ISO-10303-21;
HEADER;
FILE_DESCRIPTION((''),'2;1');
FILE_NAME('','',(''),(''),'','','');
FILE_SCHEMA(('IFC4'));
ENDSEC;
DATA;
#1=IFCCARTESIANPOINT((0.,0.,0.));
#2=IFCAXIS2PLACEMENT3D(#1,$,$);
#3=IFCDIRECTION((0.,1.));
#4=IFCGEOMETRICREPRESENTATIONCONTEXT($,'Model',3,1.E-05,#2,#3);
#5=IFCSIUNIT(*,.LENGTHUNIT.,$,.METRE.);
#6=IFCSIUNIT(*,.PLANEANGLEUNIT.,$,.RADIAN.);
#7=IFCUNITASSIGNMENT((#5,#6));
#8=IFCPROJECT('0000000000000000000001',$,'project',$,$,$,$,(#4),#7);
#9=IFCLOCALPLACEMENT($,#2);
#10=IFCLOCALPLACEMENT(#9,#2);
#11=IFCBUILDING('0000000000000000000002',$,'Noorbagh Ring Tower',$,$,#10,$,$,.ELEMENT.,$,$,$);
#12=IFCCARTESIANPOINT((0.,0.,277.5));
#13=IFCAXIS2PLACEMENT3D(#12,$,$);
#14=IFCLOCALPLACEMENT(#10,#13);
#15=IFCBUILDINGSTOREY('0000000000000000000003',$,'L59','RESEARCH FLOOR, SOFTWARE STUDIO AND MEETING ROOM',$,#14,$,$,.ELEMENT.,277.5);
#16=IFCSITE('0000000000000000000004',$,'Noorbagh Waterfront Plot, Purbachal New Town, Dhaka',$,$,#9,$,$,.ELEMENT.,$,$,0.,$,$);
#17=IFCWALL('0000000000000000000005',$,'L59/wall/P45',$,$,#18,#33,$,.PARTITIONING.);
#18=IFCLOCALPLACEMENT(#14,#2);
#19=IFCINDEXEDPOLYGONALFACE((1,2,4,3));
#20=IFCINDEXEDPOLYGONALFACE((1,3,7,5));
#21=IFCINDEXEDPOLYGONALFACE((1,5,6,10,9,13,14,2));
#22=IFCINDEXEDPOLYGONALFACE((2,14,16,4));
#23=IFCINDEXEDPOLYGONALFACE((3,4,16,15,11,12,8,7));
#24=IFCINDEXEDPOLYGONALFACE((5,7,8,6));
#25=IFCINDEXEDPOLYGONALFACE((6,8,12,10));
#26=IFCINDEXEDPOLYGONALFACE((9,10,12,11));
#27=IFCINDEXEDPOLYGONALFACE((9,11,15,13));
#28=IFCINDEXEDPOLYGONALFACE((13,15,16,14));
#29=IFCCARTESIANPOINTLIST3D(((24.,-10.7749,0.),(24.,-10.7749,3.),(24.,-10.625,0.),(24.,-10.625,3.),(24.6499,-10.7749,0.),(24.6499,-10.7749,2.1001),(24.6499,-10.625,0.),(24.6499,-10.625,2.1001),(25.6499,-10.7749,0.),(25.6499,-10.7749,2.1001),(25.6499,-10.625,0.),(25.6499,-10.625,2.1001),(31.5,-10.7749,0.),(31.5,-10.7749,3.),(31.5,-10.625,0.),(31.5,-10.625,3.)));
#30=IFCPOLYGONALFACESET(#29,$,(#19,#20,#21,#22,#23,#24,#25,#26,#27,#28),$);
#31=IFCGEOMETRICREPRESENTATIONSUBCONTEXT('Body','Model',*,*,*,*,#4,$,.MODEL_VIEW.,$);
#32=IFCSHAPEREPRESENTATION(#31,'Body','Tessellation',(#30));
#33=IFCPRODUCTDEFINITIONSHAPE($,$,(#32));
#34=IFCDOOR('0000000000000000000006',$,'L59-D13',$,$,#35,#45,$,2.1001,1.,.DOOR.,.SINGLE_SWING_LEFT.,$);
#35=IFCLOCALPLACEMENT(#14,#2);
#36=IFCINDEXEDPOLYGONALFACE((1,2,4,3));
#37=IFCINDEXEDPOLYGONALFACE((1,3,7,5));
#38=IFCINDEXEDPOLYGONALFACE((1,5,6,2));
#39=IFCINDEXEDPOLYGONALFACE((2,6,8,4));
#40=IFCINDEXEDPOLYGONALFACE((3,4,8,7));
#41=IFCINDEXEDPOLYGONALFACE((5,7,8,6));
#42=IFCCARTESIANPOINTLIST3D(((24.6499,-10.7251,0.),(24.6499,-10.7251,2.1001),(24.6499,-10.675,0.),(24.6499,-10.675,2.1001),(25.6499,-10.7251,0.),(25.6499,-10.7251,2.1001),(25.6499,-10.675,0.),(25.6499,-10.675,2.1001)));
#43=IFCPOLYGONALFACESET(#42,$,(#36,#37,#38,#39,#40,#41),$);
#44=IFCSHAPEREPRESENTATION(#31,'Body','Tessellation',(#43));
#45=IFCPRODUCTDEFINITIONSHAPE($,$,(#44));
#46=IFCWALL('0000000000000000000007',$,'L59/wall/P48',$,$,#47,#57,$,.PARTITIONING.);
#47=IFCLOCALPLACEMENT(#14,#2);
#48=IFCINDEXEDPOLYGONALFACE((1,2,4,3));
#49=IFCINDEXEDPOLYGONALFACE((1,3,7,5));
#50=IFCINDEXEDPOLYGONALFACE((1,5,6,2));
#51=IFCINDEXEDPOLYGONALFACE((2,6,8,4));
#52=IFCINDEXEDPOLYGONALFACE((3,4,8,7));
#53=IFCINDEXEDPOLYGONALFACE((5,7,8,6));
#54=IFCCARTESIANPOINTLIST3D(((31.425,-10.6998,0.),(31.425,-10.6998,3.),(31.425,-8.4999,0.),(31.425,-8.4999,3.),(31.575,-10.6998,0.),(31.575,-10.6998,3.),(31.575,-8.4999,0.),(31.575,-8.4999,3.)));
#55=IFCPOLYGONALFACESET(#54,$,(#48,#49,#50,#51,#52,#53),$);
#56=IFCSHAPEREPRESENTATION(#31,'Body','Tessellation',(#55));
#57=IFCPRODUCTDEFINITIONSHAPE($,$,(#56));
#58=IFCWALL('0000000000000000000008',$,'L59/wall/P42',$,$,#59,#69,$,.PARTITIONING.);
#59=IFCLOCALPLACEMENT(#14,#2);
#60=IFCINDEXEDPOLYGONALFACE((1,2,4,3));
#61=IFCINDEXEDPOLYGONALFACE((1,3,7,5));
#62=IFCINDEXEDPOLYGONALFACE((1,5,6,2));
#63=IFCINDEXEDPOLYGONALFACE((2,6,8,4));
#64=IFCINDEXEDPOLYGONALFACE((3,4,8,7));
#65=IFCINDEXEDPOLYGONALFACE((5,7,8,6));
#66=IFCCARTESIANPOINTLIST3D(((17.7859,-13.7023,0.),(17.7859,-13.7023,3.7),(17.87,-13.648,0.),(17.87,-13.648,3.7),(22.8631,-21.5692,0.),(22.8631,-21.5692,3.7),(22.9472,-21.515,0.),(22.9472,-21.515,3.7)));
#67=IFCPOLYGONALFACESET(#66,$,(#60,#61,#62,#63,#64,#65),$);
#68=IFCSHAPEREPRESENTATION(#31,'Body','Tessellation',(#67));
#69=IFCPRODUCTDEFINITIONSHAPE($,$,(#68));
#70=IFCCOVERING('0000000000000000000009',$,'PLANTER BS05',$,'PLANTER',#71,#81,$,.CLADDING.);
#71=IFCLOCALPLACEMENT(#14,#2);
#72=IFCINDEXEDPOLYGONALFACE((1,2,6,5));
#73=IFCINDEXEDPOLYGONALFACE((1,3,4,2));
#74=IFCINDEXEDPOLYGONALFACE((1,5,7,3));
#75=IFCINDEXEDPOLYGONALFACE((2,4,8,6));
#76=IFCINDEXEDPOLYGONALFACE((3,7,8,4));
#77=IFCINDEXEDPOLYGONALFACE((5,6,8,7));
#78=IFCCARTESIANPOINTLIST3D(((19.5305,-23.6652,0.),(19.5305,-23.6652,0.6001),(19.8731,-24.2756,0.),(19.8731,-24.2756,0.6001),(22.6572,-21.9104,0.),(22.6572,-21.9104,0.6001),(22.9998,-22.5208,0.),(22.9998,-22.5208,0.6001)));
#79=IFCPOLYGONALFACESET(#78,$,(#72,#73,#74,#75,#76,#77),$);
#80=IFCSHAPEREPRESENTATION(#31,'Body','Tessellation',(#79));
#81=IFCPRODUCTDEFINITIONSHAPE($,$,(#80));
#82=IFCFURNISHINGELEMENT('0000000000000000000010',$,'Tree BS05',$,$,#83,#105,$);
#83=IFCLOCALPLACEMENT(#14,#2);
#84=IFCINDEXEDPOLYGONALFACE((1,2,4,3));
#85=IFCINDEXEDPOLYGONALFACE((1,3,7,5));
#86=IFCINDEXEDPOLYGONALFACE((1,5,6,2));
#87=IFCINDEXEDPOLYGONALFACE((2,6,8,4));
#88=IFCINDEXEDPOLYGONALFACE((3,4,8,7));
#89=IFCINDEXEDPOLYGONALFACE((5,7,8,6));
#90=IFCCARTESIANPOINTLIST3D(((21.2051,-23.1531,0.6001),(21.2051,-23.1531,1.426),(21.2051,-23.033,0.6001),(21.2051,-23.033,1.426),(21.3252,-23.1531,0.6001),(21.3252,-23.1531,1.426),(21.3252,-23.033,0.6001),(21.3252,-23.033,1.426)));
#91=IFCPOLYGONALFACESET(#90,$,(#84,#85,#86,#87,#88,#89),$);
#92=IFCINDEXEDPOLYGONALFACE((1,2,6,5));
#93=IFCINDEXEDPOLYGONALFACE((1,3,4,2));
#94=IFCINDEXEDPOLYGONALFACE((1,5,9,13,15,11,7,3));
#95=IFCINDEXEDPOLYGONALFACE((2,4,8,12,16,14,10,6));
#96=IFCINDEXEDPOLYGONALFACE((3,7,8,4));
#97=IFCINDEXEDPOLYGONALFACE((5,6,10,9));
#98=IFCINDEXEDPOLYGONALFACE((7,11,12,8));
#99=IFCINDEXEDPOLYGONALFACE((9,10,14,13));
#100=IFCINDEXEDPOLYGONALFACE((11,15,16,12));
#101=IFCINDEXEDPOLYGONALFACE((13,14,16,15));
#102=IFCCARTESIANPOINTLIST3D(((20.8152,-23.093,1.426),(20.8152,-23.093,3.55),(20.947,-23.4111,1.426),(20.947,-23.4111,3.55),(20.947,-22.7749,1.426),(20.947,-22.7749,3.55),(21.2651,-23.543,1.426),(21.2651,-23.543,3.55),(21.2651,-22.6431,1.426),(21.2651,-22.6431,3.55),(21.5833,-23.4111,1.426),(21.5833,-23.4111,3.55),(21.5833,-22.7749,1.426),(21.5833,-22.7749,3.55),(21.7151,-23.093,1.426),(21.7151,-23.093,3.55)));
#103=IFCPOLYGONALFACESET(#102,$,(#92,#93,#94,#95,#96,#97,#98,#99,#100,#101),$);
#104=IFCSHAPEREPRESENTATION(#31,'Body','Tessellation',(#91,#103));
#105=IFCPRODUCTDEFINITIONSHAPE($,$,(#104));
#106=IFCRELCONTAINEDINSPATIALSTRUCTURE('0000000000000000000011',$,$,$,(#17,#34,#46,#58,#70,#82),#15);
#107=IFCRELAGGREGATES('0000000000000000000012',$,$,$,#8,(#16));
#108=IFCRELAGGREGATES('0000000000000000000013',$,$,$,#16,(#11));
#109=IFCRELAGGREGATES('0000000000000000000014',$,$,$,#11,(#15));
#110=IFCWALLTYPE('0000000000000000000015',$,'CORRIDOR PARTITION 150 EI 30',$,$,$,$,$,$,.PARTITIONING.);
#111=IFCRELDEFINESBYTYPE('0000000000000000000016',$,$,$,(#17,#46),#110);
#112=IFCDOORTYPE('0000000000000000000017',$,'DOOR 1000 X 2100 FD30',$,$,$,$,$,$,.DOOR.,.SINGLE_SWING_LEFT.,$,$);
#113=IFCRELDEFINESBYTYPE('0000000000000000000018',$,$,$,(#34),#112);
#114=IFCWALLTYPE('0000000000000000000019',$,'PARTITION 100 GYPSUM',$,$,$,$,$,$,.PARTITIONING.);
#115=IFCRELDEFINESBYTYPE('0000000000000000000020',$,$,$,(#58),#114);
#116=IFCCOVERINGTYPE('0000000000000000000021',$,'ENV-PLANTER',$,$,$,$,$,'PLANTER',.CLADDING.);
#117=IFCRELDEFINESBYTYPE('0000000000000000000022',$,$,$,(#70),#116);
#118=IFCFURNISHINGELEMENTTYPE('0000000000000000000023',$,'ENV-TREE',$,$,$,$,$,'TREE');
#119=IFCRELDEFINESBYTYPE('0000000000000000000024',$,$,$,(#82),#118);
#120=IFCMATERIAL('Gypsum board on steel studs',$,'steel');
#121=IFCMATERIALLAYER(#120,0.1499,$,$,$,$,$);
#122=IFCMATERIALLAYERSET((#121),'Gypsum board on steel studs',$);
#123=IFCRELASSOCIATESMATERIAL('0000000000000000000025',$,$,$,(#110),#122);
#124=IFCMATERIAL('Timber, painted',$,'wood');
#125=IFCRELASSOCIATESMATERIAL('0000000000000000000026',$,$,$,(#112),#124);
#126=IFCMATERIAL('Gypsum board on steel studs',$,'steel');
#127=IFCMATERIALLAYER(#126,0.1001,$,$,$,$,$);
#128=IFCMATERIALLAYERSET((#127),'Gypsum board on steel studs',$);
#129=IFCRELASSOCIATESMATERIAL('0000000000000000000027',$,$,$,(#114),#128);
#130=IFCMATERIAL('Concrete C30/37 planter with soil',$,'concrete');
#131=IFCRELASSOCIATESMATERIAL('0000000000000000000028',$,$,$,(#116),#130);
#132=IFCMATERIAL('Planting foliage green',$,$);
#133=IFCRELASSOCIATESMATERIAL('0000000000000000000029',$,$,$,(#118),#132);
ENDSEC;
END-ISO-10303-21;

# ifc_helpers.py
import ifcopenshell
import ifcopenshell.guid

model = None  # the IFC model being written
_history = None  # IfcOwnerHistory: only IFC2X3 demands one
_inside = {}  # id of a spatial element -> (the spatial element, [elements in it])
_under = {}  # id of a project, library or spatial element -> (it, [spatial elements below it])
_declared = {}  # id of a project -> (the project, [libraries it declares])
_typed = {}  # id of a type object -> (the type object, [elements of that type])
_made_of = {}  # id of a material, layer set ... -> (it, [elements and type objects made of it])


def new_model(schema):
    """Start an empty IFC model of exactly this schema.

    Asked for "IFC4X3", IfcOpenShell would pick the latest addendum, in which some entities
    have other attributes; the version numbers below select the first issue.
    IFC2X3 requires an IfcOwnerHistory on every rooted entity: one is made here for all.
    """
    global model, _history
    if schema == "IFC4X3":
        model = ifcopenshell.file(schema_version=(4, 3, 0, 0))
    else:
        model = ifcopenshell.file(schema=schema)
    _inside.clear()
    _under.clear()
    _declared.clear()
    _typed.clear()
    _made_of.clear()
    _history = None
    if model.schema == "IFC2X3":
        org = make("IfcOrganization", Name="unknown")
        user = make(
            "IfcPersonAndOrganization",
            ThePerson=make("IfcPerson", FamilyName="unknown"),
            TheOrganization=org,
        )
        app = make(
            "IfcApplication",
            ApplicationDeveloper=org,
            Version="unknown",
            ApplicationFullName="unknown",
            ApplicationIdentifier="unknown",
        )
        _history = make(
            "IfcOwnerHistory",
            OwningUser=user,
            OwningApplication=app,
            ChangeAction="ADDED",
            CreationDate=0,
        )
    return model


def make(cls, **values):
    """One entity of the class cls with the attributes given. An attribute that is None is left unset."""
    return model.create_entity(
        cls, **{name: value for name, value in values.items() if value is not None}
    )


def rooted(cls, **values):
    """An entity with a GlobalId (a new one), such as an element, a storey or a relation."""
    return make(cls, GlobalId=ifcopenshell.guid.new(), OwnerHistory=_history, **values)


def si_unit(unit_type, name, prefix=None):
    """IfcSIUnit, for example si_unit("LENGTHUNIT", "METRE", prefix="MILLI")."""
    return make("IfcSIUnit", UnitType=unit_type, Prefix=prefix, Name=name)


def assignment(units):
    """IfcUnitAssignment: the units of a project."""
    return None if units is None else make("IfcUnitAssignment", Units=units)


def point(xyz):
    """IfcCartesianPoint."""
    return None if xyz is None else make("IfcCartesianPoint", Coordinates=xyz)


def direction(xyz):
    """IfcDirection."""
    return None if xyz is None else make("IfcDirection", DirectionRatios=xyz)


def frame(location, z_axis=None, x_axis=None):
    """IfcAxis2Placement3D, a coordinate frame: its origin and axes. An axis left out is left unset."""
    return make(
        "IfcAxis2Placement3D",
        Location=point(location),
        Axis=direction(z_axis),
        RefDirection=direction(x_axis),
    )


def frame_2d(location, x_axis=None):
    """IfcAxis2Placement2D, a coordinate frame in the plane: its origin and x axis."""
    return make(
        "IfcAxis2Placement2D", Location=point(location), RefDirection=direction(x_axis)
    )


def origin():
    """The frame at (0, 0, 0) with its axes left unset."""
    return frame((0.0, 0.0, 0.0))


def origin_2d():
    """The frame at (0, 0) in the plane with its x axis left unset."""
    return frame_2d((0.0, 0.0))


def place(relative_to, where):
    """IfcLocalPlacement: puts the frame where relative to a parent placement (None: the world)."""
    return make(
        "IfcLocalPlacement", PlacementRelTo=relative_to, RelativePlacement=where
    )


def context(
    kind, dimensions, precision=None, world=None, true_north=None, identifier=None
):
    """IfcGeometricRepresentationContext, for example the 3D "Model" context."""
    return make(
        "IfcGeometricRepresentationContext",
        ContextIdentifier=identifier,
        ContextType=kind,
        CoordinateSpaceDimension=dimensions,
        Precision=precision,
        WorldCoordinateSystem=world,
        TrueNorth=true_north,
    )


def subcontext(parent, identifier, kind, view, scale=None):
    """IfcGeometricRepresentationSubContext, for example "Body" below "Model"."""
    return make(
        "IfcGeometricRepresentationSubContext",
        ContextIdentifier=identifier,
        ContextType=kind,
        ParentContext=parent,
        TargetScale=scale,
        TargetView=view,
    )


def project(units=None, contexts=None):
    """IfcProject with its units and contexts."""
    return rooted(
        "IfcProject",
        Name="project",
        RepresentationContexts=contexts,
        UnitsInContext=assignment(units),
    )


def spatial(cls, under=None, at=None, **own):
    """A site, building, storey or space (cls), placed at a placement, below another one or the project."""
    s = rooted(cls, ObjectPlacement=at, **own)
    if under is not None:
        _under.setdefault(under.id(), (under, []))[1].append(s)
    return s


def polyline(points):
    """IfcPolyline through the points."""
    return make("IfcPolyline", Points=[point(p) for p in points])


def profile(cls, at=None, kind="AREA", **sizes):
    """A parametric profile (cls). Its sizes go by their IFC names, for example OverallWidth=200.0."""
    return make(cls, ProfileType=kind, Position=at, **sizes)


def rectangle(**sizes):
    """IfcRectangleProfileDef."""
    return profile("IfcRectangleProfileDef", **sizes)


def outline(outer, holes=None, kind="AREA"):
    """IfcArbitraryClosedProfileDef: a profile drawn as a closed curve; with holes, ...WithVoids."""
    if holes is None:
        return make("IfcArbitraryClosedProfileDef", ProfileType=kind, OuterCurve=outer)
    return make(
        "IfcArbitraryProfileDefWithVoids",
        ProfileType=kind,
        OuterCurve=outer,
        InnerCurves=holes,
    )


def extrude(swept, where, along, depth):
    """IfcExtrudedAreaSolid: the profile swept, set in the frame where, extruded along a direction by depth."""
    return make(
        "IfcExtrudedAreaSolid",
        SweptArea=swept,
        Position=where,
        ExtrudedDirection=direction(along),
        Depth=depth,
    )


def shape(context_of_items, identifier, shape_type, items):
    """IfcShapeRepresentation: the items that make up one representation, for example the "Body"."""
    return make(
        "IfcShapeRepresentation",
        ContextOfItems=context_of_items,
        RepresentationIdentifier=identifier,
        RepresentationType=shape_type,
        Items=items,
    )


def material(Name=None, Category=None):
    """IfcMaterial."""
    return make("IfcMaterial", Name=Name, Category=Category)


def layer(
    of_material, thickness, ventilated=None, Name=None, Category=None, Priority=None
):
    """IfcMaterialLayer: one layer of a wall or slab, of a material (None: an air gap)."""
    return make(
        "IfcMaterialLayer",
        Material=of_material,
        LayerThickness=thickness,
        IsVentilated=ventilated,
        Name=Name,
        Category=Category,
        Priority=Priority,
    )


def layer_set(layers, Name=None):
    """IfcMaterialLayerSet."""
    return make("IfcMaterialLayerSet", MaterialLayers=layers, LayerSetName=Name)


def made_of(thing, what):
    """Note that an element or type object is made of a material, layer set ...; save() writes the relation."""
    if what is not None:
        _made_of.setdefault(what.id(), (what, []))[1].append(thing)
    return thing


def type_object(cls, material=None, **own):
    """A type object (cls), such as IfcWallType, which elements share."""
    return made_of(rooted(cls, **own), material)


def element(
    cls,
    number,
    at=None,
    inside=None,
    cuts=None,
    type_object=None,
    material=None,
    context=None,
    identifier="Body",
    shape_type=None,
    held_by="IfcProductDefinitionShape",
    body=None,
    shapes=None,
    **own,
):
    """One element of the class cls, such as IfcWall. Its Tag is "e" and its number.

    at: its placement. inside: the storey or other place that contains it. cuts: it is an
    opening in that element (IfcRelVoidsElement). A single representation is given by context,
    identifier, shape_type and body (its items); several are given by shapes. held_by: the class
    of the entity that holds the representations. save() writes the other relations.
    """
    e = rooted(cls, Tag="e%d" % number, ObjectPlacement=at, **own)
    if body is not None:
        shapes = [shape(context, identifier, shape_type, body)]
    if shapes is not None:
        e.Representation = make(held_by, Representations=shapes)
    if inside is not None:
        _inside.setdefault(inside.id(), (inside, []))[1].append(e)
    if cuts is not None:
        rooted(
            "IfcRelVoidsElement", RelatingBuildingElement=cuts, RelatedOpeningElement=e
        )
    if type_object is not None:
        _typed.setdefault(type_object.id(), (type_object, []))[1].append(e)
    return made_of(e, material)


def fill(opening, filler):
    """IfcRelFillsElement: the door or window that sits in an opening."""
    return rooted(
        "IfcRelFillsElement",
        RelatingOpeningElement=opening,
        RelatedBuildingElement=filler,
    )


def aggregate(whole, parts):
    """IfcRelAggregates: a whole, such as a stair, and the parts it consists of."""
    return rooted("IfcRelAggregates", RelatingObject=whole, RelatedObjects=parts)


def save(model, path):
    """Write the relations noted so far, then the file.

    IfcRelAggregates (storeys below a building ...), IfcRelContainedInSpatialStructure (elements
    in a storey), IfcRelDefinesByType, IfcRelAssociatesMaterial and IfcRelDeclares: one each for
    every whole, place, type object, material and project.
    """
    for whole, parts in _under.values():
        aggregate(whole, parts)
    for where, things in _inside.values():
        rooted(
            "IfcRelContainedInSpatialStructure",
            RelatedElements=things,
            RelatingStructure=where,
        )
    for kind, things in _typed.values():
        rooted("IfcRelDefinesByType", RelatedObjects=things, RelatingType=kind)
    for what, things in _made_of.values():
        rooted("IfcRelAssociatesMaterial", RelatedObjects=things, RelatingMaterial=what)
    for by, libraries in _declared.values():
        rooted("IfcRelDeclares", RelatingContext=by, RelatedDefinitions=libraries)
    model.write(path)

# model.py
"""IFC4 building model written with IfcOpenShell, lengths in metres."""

from ifc_helpers import new_model, si_unit, direction, frame, frame_2d, origin, origin_2d, place, context, subcontext, project, spatial, polyline, rectangle, outline, extrude, material, layer, layer_set, type_object, element, fill, save


model = new_model("IFC4")

# Units and contexts
model_context = context("Model", 3, precision=1e-05, world=origin(), true_north=direction((0.0, 1.0)))
body_context = subcontext(model_context, "Body", "Model", "MODEL_VIEW")
ifc_project = project(units=[si_unit("LENGTHUNIT", "METRE"), si_unit("PLANEANGLEUNIT", "RADIAN")], contexts=[model_context])

# Site, building, storey
site_placement = place(None, origin())
site = spatial("IfcSite", under=ifc_project, at=site_placement, Name="Noorbagh Waterfront Plot, Purbachal New Town, Dhaka", CompositionType="ELEMENT", RefElevation=0.0)
building_placement = place(site_placement, origin())
building = spatial("IfcBuilding", under=site, at=building_placement, Name="Noorbagh Ring Tower", CompositionType="ELEMENT")
storey_placement = place(building_placement, frame((0.0, 0.0, 277.5)))
storey = spatial("IfcBuildingStorey", under=building, at=storey_placement, Name="L59", Description="RESEARCH FLOOR, SOFTWARE STUDIO AND MEETING ROOM", CompositionType="ELEMENT", Elevation=277.5)

# Shared definitions
ifc_material_1 = material(Name="Gypsum board on steel studs", Category="steel")
ifc_layer_1 = layer(ifc_material_1, 0.1499)
ifc_layer_set_1 = layer_set([ifc_layer_1], Name="Gypsum board on steel studs")
wall_type_1 = type_object("IfcWallType", Name="CORRIDOR PARTITION 150 EI 30", PredefinedType="PARTITIONING", material=ifc_layer_set_1)

# Wall, opening, door
wall_1_placement = place(storey_placement, frame((24.0, -10.7, 0.0), z_axis=(0.0, 0.0, 1.0), x_axis=(1.0, 0.0, 0.0)))
wall_1 = element("IfcWall", 1, at=wall_1_placement, inside=storey, type_object=wall_type_1, Name="L59/wall/P45", PredefinedType="PARTITIONING", context=body_context, shape_type="SweptSolid", body=[
    extrude(rectangle(XDim=7.5, YDim=0.1499, at=frame_2d((3.75, 0.0))), origin(), (0.0, 0.0, 1.0), 3.0),
])
opening_placement = place(wall_1_placement, frame((0.6499, 0.0, 0.0)))
opening = element("IfcOpeningElement", 2, at=opening_placement, cuts=wall_1, PredefinedType="OPENING", context=body_context, shape_type="SweptSolid", body=[
    extrude(rectangle(XDim=1.0, YDim=2.1001, at=frame_2d((0.5, 1.05))), frame((0.0, 0.085, 0.0), z_axis=(0.0, -1.0, 0.0), x_axis=(1.0, 0.0, 0.0)), (0.0, 0.0, 1.0), 0.1699),
])
ifc_material_2 = material(Name="Timber, painted", Category="wood")
door_type = type_object("IfcDoorType", Name="DOOR 1000 X 2100 FD30", OperationType="SINGLE_SWING_LEFT", PredefinedType="DOOR", material=ifc_material_2)
door_placement = place(opening_placement, origin())
door = element("IfcDoor", 3, at=door_placement, inside=storey, type_object=door_type, Name="L59-D13", OperationType="SINGLE_SWING_LEFT", OverallHeight=2.1001, OverallWidth=1.0, PredefinedType="DOOR", context=body_context, shape_type="SweptSolid", body=[
    extrude(rectangle(XDim=1.0, YDim=2.1001, at=frame_2d((0.5, 1.05))), frame((0.0, 0.0249, 0.0), z_axis=(0.0, -1.0, 0.0), x_axis=(1.0, 0.0, 0.0)), (0.0, 0.0, 1.0), 0.05),
])
fill(opening, door)

# Walls
wall_2_placement = place(storey_placement, frame((31.5, -10.7, 0.0), z_axis=(0.0, 0.0, 1.0), x_axis=(0.0, 1.0, 0.0)))
element("IfcWall", 4, at=wall_2_placement, inside=storey, type_object=wall_type_1, Name="L59/wall/P48", PredefinedType="PARTITIONING", context=body_context, shape_type="SweptSolid", body=[
    extrude(rectangle(XDim=2.2, YDim=0.1499, at=frame_2d((1.1001, 0.0))), origin(), (0.0, 0.0, 1.0), 3.0),
])
ifc_material_3 = material(Name="Gypsum board on steel studs", Category="steel")
ifc_layer_2 = layer(ifc_material_3, 0.1001)
ifc_layer_set_2 = layer_set([ifc_layer_2], Name="Gypsum board on steel studs")
wall_type_2 = type_object("IfcWallType", Name="PARTITION 100 GYPSUM", PredefinedType="PARTITIONING", material=ifc_layer_set_2)
wall_3_placement = place(storey_placement, frame((17.8279, -13.675, 0.0), z_axis=(0.0, 0.0, 1.0), x_axis=(0.542255, -0.840214, 0.0)))
element("IfcWall", 5, at=wall_3_placement, inside=storey, type_object=wall_type_2, Name="L59/wall/P42", PredefinedType="PARTITIONING", context=body_context, shape_type="SweptSolid", body=[
    extrude(rectangle(XDim=9.363, YDim=0.1001, at=frame_2d((4.6816, 0.0))), origin(), (0.0, 0.0, 1.0), 3.7),
])

# Covering
ifc_material_4 = material(Name="Concrete C30/37 planter with soil", Category="concrete")
covering_type = type_object("IfcCoveringType", Name="ENV-PLANTER", ElementType="PLANTER", PredefinedType="CLADDING", material=ifc_material_4)
covering_placement = place(storey_placement, frame((21.2651, -23.093, 0.0), z_axis=(0.0, 0.0, 1.0), x_axis=(0.872045, 0.489426, 0.0)))
element("IfcCovering", 6, at=covering_placement, inside=storey, type_object=covering_type, Name="PLANTER BS05", ObjectType="PLANTER", PredefinedType="CLADDING", context=body_context, shape_type="SweptSolid", body=[
    extrude(rectangle(XDim=3.5854, YDim=0.7, at=origin_2d()), origin(), (0.0, 0.0, 1.0), 0.6001),
])

# Furnishing element
ifc_material_5 = material(Name="Planting foliage green")
furnishing_element_type = type_object("IfcFurnishingElementType", Name="ENV-TREE", ElementType="TREE", material=ifc_material_5)
furnishing_placement = place(storey_placement, frame((21.2651, -23.093, 0.6001), z_axis=(0.0, 0.0, 1.0), x_axis=(1.0, 0.0, 0.0)))
element("IfcFurnishingElement", 7, at=furnishing_placement, inside=storey, type_object=furnishing_element_type, Name="Tree BS05", context=body_context, shape_type="SweptSolid", body=[
    extrude(rectangle(XDim=0.1201, YDim=0.1201, at=origin_2d()), origin(), (0.0, 0.0, 1.0), 0.8259),
    extrude(outline(polyline([(0.45, 0.0), (0.3181, 0.3181), (0.0, 0.45), (-0.3181, 0.3181), (-0.45, 0.0), (-0.3181, -0.3181), (0.0, -0.45), (0.3181, -0.3181), (0.45, 0.0)])), frame((0.0, 0.0, 0.8259)), (0.0, 0.0, 1.0), 2.124),
])

save(model, "model.ifc")
